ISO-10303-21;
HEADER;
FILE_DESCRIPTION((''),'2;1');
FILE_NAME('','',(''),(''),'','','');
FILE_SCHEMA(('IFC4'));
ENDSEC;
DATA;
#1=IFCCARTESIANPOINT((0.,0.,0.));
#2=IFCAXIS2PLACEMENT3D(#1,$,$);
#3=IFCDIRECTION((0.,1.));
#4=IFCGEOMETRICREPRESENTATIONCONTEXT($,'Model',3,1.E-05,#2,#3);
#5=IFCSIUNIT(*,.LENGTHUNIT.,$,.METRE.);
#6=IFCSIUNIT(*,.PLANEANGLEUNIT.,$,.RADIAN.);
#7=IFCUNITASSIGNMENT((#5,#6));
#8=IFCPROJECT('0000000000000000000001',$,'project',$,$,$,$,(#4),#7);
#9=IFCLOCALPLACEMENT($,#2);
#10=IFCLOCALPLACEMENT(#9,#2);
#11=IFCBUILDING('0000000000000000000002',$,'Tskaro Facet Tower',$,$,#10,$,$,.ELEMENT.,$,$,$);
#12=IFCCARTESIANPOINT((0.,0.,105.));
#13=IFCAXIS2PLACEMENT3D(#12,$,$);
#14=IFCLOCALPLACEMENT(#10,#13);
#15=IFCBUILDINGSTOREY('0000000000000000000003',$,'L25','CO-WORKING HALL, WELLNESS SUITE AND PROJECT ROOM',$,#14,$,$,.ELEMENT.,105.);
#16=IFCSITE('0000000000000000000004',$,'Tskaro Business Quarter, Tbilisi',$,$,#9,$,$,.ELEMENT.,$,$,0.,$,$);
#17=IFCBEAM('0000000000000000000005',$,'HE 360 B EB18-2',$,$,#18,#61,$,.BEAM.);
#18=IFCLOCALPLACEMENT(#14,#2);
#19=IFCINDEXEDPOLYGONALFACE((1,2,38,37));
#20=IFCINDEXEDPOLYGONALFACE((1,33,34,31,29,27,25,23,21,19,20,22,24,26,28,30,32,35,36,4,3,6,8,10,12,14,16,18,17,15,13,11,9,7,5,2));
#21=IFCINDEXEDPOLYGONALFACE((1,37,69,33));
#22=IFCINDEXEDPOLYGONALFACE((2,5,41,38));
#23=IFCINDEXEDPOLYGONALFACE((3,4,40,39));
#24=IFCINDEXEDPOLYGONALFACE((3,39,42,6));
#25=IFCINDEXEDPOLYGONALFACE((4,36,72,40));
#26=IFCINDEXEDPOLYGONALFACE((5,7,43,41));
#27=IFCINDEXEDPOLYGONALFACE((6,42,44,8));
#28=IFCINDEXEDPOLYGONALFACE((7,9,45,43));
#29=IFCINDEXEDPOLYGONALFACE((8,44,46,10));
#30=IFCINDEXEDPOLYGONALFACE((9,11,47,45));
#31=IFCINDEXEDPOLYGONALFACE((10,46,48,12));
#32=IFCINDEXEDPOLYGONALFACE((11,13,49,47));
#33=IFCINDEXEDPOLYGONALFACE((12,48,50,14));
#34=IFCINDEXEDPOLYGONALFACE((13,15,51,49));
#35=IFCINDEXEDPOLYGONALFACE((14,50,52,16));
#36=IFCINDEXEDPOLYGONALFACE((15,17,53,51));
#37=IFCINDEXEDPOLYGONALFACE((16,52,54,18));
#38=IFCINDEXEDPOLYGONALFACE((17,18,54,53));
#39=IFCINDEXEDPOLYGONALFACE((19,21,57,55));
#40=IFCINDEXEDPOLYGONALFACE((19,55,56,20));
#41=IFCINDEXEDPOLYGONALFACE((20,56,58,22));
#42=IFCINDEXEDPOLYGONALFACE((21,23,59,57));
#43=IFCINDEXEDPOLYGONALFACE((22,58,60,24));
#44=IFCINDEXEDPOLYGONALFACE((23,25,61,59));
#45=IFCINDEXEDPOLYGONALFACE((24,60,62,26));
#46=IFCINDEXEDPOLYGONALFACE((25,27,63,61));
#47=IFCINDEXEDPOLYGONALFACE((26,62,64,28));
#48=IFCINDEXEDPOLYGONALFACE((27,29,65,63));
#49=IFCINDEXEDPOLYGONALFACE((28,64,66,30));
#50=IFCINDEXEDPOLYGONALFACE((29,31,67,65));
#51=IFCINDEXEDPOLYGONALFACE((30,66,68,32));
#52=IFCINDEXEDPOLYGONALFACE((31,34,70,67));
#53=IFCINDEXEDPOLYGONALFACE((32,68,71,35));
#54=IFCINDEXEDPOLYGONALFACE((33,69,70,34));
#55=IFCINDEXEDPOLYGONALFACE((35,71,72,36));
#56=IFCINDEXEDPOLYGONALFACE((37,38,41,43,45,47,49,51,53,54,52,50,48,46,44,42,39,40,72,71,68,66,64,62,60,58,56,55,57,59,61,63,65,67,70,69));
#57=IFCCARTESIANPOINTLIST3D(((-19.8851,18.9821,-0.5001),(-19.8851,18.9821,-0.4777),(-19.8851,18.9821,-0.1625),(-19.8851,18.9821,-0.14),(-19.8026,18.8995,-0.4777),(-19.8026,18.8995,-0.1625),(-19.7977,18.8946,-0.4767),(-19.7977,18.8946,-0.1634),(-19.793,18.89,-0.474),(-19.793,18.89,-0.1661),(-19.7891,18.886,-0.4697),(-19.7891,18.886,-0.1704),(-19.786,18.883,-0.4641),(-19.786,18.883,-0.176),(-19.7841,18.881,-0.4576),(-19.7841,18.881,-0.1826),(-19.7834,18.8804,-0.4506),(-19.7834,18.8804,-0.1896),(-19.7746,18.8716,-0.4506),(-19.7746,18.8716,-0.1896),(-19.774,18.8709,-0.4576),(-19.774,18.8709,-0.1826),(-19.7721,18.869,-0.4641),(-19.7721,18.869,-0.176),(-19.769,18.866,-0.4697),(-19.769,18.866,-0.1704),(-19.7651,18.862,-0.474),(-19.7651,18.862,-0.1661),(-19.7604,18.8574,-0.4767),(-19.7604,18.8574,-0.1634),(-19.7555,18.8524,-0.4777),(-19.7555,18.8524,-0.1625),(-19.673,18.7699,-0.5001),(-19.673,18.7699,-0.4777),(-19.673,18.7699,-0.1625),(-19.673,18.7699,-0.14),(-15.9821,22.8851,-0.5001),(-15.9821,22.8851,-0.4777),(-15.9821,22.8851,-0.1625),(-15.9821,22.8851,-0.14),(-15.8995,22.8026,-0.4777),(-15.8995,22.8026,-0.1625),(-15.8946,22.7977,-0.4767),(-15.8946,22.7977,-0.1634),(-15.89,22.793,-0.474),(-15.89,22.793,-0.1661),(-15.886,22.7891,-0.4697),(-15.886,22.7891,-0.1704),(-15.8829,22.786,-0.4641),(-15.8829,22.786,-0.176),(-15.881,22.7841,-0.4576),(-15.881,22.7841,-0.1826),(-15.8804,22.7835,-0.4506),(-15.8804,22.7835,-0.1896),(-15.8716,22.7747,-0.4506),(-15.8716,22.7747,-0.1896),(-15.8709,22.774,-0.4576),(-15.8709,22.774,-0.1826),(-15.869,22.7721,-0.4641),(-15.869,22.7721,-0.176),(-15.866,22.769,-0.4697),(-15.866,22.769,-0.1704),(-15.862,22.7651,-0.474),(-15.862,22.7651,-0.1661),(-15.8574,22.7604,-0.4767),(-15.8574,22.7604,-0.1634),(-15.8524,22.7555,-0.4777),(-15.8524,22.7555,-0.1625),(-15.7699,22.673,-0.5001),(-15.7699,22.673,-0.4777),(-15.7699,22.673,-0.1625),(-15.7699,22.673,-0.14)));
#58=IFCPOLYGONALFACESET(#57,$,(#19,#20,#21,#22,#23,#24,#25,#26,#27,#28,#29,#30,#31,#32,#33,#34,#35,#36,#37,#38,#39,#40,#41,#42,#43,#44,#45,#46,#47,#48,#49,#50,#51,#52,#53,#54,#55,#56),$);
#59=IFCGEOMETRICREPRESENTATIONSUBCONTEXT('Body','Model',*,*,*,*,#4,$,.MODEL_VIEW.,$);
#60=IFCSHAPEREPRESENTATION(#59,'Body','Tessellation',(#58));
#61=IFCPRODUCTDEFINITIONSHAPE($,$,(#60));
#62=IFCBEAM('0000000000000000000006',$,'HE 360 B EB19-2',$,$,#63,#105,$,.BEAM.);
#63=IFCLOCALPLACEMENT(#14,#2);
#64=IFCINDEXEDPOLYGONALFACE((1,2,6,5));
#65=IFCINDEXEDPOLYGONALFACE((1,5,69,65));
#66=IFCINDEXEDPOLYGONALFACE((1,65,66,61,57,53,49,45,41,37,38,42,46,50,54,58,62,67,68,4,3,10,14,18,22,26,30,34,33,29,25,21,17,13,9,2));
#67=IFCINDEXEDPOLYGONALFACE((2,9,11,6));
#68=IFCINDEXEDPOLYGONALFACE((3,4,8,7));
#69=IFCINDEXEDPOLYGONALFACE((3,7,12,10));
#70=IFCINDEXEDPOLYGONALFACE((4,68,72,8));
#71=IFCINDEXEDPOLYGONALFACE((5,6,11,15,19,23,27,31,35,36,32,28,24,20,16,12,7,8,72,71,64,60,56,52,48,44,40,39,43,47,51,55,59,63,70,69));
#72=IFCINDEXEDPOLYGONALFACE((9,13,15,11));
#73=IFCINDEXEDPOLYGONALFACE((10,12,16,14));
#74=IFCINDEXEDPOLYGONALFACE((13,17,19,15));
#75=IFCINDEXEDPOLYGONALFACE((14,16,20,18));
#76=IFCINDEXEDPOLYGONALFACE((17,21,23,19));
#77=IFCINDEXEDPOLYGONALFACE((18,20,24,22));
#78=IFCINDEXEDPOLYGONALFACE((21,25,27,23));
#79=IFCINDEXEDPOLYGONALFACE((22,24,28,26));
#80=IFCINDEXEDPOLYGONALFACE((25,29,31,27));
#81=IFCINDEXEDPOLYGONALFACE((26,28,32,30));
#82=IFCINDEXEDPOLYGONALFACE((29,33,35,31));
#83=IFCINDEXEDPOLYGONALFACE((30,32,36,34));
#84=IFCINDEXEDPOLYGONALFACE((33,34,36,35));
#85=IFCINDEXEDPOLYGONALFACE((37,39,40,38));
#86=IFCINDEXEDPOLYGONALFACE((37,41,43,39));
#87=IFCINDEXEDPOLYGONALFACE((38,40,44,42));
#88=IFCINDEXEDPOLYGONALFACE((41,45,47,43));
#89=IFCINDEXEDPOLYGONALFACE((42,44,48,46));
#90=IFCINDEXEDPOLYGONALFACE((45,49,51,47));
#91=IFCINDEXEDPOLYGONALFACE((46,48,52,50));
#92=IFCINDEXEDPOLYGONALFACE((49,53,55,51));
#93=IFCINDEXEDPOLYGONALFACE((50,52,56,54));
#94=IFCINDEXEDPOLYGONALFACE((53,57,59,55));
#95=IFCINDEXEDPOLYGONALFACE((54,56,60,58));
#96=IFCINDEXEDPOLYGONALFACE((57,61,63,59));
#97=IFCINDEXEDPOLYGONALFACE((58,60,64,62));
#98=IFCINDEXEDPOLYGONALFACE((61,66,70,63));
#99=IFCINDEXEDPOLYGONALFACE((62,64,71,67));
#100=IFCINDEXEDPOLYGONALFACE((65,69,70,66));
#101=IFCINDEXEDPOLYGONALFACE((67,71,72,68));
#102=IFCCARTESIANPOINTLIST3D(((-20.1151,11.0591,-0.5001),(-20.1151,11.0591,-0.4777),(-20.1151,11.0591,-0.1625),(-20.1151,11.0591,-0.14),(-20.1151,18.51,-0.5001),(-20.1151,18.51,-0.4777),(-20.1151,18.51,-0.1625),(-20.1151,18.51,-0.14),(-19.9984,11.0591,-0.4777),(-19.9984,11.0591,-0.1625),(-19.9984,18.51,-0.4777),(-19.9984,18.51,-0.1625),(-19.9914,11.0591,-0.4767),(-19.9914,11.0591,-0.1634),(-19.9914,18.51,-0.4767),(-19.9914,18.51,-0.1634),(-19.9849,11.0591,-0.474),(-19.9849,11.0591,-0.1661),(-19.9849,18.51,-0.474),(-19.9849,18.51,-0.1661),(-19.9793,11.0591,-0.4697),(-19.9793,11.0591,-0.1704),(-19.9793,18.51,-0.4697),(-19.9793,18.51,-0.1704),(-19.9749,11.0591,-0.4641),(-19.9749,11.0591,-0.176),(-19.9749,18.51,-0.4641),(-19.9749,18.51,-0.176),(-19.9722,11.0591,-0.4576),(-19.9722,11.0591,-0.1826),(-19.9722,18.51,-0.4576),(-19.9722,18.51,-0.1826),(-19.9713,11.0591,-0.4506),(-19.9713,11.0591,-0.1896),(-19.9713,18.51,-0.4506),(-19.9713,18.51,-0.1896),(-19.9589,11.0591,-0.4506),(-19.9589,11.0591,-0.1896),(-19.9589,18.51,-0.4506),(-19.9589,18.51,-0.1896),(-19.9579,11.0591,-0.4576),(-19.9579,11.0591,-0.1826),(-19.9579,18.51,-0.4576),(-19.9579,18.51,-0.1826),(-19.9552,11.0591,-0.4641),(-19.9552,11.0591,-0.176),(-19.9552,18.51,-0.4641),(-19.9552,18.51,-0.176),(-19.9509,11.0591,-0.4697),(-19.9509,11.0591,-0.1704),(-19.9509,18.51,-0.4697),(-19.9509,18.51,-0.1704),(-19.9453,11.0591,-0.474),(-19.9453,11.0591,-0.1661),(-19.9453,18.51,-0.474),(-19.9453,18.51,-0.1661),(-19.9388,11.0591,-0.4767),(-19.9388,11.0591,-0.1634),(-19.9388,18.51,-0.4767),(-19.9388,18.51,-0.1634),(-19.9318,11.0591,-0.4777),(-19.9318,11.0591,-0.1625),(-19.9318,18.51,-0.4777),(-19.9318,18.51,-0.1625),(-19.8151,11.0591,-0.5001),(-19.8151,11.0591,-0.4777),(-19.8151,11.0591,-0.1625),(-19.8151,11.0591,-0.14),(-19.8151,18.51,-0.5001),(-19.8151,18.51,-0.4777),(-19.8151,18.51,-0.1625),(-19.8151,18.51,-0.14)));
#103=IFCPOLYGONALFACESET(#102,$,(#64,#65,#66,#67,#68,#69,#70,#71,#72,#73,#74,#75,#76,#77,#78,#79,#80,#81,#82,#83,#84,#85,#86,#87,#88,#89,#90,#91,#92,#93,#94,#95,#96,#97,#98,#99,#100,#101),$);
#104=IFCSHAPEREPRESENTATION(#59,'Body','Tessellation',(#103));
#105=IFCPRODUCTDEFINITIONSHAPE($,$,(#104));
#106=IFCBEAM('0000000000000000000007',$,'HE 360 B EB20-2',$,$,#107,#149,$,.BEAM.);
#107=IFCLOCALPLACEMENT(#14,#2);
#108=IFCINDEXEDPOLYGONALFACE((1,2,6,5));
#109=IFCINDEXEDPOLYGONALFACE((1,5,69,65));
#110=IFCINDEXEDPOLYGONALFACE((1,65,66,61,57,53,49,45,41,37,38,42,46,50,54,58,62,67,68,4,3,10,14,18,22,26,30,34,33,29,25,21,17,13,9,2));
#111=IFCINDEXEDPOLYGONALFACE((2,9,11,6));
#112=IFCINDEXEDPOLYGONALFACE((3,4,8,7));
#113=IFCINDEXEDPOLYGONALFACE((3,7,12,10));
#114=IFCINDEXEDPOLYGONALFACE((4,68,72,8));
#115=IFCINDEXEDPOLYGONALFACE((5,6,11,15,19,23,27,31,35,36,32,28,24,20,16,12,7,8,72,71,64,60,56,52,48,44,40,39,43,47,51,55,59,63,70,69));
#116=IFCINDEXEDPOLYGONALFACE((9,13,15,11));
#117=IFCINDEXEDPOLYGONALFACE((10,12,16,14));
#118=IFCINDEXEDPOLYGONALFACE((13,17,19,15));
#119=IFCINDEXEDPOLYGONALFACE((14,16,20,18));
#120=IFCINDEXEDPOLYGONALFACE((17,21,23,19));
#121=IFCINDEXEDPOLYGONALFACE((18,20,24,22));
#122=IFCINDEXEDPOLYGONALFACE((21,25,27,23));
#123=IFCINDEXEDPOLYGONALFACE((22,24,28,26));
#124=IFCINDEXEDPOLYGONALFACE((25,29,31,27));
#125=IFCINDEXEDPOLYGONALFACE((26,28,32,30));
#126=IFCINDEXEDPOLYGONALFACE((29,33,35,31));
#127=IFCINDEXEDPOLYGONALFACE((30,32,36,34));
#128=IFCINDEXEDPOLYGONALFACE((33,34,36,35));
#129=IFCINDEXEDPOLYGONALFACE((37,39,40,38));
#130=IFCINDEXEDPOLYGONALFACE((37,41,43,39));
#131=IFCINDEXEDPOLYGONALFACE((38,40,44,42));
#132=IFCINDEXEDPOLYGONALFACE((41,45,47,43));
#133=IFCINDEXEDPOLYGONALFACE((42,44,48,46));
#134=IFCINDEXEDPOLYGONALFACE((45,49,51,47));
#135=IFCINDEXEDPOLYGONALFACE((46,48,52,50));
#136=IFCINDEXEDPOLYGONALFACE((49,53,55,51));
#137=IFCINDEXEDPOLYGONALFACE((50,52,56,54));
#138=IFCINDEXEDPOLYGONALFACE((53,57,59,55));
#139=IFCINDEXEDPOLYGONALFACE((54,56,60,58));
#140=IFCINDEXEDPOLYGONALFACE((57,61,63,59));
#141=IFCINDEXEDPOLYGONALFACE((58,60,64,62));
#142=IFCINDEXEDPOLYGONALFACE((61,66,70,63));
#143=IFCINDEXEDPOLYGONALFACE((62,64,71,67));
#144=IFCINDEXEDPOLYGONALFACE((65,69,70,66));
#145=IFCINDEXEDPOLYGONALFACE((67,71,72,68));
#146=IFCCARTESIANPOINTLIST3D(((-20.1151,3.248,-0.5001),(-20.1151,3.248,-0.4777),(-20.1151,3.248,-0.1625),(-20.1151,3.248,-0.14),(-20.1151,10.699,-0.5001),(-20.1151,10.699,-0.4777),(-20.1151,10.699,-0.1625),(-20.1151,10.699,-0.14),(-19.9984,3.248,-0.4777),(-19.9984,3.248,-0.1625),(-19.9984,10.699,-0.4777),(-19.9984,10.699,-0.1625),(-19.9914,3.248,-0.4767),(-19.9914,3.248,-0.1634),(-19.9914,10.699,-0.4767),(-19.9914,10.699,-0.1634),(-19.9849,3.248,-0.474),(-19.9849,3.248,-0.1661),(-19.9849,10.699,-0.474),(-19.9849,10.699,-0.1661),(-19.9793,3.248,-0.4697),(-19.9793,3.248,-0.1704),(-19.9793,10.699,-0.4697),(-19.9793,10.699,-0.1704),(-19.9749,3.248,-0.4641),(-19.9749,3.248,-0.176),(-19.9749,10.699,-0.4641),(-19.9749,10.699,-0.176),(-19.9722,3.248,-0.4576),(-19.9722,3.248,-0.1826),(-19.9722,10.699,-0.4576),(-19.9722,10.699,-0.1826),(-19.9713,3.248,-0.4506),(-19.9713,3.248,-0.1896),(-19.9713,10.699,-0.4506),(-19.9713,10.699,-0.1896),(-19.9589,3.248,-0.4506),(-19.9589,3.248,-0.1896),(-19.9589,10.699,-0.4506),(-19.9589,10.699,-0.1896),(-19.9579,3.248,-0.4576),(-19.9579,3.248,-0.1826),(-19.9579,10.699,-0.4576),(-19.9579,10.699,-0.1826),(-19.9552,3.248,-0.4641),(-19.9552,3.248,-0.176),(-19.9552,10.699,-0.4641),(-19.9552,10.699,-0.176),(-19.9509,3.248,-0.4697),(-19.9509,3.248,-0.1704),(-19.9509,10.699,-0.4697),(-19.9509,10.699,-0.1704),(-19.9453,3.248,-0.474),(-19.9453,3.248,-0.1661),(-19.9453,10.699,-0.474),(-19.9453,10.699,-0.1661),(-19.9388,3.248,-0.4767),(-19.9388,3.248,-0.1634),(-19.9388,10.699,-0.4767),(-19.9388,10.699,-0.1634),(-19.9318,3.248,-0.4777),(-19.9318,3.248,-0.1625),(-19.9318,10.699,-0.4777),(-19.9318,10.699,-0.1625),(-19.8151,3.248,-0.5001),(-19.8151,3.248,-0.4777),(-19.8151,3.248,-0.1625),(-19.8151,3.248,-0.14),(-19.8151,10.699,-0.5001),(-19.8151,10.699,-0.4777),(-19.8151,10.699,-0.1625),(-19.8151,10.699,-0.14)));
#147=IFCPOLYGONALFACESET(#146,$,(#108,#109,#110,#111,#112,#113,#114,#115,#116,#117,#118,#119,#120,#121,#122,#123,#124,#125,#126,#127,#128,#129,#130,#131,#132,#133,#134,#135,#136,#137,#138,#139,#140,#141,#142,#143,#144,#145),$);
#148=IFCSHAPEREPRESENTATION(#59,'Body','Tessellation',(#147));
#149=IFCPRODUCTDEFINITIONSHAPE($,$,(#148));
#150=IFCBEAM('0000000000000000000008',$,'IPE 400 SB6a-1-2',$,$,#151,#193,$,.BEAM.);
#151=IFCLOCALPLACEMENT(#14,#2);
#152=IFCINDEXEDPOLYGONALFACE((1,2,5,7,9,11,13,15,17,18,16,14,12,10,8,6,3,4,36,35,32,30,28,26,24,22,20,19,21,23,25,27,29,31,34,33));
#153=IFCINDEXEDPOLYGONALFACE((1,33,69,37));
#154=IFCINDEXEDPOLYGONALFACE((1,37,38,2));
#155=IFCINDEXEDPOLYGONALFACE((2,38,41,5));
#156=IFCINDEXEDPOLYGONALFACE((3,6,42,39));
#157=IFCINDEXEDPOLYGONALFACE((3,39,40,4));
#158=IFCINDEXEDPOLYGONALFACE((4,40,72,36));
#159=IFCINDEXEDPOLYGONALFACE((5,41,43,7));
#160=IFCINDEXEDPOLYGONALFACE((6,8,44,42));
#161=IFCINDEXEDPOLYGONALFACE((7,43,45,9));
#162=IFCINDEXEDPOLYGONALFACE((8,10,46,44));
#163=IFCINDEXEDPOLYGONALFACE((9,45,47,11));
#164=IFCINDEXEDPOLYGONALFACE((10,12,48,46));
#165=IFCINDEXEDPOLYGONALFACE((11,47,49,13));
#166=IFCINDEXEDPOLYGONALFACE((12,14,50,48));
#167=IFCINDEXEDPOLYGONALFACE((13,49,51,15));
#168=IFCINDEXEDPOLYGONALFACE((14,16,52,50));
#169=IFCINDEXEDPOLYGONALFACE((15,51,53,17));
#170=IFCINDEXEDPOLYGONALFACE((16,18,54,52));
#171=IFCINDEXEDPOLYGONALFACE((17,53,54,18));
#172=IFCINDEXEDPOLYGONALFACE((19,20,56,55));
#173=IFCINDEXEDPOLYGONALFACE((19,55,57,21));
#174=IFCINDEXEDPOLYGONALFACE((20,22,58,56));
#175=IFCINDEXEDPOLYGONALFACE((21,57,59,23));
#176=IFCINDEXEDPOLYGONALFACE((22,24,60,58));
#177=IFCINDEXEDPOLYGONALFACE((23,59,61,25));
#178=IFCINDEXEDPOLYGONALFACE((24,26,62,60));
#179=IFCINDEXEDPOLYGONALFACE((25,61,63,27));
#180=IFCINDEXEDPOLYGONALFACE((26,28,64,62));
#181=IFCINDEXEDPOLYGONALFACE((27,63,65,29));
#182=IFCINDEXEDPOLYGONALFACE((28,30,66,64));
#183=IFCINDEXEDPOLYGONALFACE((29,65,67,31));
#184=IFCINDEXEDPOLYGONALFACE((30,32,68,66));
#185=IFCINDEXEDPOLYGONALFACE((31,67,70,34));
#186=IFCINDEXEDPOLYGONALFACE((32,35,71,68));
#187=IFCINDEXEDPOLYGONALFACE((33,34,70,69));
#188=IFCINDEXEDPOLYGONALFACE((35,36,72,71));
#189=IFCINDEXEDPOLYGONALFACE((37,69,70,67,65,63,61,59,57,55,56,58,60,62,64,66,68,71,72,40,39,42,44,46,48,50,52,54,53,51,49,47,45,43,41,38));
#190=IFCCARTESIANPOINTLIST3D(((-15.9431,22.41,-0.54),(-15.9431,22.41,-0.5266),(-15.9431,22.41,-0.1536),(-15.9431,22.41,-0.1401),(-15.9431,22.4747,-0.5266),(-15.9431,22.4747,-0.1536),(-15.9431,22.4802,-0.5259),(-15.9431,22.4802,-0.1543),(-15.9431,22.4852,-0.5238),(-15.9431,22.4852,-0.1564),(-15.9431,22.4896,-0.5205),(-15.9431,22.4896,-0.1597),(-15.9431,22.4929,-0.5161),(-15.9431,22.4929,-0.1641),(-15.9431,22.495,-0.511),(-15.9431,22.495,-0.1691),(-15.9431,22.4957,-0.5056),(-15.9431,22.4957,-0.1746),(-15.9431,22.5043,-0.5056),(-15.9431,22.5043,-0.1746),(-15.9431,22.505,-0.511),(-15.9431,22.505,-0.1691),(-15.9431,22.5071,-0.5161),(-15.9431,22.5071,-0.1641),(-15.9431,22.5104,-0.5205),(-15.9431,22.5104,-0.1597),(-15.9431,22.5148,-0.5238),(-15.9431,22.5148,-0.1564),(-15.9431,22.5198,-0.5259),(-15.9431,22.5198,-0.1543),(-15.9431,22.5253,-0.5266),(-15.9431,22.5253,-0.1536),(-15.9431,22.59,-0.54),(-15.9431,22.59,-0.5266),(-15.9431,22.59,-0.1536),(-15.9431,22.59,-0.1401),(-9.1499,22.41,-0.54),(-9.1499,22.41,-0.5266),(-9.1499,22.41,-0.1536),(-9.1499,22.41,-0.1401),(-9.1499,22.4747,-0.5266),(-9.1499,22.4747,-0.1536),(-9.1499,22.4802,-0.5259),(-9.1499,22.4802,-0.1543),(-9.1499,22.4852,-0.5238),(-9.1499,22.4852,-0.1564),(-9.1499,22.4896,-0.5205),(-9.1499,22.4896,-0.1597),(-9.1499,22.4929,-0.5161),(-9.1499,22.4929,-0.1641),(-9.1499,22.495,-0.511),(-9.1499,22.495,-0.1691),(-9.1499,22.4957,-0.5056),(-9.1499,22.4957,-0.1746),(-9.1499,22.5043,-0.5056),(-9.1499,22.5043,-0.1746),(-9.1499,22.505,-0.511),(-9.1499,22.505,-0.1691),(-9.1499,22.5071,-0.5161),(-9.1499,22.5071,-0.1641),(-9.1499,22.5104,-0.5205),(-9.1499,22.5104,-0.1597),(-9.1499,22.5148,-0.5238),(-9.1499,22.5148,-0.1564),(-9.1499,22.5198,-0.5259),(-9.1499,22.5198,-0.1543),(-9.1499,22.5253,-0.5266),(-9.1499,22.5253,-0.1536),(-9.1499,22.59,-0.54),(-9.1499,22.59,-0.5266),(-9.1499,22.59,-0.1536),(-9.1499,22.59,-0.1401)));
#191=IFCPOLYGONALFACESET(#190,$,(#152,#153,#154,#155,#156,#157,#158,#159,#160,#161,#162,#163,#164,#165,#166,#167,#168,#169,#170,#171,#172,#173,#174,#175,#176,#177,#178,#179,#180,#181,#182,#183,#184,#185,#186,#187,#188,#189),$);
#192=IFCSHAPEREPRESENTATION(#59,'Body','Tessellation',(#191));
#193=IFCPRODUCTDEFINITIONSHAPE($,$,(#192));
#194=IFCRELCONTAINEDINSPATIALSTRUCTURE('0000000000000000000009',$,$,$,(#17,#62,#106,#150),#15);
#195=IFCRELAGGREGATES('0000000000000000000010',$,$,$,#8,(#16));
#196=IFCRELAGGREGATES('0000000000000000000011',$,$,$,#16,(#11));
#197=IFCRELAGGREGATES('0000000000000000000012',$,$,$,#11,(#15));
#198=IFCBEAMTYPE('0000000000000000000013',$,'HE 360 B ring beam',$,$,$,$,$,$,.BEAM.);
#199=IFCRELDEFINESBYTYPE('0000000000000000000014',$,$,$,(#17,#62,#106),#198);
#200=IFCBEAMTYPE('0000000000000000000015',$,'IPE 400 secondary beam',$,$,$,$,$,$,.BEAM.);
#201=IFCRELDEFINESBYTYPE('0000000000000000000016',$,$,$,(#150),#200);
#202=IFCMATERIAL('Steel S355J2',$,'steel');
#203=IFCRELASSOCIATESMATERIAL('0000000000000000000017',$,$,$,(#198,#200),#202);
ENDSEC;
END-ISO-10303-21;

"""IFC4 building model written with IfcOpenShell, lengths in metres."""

from ifc_helpers import new_model, si_unit, direction, frame, origin, origin_2d, place, context, subcontext, project, spatial, i_section, extrude, material, material_profile, profile_set, type_object, element, save


model = new_model("IFC4")

# Units and contexts
model_context = context("Model", 3, precision=1e-05, world=origin(), true_north=direction((0.0, 1.0)))
body_context = subcontext(model_context, "Body", "Model", "MODEL_VIEW")
ifc_project = project(units=[si_unit("LENGTHUNIT", "METRE"), si_unit("PLANEANGLEUNIT", "RADIAN")], contexts=[model_context])

# Site, building, storey
site_placement = place(None, origin())
site = spatial("IfcSite", under=ifc_project, at=site_placement, Name="Tskaro Business Quarter, Tbilisi", CompositionType="ELEMENT", RefElevation=0.0)
building_placement = place(site_placement, origin())
building = spatial("IfcBuilding", under=site, at=building_placement, Name="Tskaro Facet Tower", CompositionType="ELEMENT")
storey_placement = place(building_placement, frame((0.0, 0.0, 105.0)))
storey = spatial("IfcBuildingStorey", under=building, at=storey_placement, Name="L25", Description="CO-WORKING HALL, WELLNESS SUITE AND PROJECT ROOM", CompositionType="ELEMENT", Elevation=105.0)

# Beams
ifc_material_1 = material(Name="Steel S355J2", Category="steel")
ifc_material_profile_1 = material_profile(ifc_material_1, i_section(OverallWidth=0.3, OverallDepth=0.3601, WebThickness=0.0125, FlangeThickness=0.0225, FilletRadius=0.0271, at=origin_2d()), Name="HE 360 B")
ifc_profile_set_1 = profile_set([ifc_material_profile_1], Name="Steel S355J2")
beam_type_1 = type_object("IfcBeamType", Name="HE 360 B ring beam", PredefinedType="BEAM", material=ifc_profile_set_1)
beam_1_placement = place(storey_placement, frame((-15.876, 22.7791, -0.3201), z_axis=(-0.707107, -0.707107, 0.0), x_axis=(0.707107, -0.707107, 0.0)))
element("IfcBeam", 1, at=beam_1_placement, inside=storey, type_object=beam_type_1, Name="HE 360 B EB18-2", PredefinedType="BEAM", context=body_context, shape_type="SweptSolid", body=[
    extrude(i_section(OverallWidth=0.3, OverallDepth=0.3601, WebThickness=0.0125, FlangeThickness=0.0225, FilletRadius=0.0271, at=origin_2d()), origin(), (0.0, 0.0, 1.0), 5.5198),
])
for number, where, z_axis, x_axis, name in (
    (2, (-19.9651, 18.51, -0.3201), (0.0, -1.0, 0.0), (1.0, 0.0, 0.0), "HE 360 B EB19-2"),
    (3, (-19.9651, 10.699, -0.3201), (0.0, -1.0, 0.0), (1.0, 0.0, 0.0), "HE 360 B EB20-2"),
):
    element("IfcBeam", number, at=place(storey_placement, frame(where, z_axis=z_axis, x_axis=x_axis)), inside=storey, type_object=beam_type_1, Name=name, PredefinedType="BEAM", context=body_context, shape_type="SweptSolid", body=[
        extrude(i_section(OverallWidth=0.3, OverallDepth=0.3601, WebThickness=0.0125, FlangeThickness=0.0225, FilletRadius=0.0271, at=origin_2d()), origin(), (0.0, 0.0, 1.0), 7.4509),
    ])
ifc_material_profile_2 = material_profile(ifc_material_1, i_section(OverallWidth=0.1799, OverallDepth=0.3999, WebThickness=0.0085, FlangeThickness=0.0134, FilletRadius=0.021, at=origin_2d()), Name="IPE 400")
ifc_profile_set_2 = profile_set([ifc_material_profile_2], Name="Steel S355J2")
beam_type_2 = type_object("IfcBeamType", Name="IPE 400 secondary beam", PredefinedType="BEAM", material=ifc_profile_set_2)
beam_2_placement = place(storey_placement, frame((-15.9431, 22.5, -0.3401), z_axis=(1.0, 0.0, 0.0), x_axis=(0.0, 1.0, 0.0)))
element("IfcBeam", 4, at=beam_2_placement, inside=storey, type_object=beam_type_2, Name="IPE 400 SB6a-1-2", PredefinedType="BEAM", context=body_context, shape_type="SweptSolid", body=[
    extrude(i_section(OverallWidth=0.1799, OverallDepth=0.3999, WebThickness=0.0085, FlangeThickness=0.0134, FilletRadius=0.021, at=origin_2d()), origin(), (0.0, 0.0, 1.0), 6.7932),
])

save(model, "model.ifc")
